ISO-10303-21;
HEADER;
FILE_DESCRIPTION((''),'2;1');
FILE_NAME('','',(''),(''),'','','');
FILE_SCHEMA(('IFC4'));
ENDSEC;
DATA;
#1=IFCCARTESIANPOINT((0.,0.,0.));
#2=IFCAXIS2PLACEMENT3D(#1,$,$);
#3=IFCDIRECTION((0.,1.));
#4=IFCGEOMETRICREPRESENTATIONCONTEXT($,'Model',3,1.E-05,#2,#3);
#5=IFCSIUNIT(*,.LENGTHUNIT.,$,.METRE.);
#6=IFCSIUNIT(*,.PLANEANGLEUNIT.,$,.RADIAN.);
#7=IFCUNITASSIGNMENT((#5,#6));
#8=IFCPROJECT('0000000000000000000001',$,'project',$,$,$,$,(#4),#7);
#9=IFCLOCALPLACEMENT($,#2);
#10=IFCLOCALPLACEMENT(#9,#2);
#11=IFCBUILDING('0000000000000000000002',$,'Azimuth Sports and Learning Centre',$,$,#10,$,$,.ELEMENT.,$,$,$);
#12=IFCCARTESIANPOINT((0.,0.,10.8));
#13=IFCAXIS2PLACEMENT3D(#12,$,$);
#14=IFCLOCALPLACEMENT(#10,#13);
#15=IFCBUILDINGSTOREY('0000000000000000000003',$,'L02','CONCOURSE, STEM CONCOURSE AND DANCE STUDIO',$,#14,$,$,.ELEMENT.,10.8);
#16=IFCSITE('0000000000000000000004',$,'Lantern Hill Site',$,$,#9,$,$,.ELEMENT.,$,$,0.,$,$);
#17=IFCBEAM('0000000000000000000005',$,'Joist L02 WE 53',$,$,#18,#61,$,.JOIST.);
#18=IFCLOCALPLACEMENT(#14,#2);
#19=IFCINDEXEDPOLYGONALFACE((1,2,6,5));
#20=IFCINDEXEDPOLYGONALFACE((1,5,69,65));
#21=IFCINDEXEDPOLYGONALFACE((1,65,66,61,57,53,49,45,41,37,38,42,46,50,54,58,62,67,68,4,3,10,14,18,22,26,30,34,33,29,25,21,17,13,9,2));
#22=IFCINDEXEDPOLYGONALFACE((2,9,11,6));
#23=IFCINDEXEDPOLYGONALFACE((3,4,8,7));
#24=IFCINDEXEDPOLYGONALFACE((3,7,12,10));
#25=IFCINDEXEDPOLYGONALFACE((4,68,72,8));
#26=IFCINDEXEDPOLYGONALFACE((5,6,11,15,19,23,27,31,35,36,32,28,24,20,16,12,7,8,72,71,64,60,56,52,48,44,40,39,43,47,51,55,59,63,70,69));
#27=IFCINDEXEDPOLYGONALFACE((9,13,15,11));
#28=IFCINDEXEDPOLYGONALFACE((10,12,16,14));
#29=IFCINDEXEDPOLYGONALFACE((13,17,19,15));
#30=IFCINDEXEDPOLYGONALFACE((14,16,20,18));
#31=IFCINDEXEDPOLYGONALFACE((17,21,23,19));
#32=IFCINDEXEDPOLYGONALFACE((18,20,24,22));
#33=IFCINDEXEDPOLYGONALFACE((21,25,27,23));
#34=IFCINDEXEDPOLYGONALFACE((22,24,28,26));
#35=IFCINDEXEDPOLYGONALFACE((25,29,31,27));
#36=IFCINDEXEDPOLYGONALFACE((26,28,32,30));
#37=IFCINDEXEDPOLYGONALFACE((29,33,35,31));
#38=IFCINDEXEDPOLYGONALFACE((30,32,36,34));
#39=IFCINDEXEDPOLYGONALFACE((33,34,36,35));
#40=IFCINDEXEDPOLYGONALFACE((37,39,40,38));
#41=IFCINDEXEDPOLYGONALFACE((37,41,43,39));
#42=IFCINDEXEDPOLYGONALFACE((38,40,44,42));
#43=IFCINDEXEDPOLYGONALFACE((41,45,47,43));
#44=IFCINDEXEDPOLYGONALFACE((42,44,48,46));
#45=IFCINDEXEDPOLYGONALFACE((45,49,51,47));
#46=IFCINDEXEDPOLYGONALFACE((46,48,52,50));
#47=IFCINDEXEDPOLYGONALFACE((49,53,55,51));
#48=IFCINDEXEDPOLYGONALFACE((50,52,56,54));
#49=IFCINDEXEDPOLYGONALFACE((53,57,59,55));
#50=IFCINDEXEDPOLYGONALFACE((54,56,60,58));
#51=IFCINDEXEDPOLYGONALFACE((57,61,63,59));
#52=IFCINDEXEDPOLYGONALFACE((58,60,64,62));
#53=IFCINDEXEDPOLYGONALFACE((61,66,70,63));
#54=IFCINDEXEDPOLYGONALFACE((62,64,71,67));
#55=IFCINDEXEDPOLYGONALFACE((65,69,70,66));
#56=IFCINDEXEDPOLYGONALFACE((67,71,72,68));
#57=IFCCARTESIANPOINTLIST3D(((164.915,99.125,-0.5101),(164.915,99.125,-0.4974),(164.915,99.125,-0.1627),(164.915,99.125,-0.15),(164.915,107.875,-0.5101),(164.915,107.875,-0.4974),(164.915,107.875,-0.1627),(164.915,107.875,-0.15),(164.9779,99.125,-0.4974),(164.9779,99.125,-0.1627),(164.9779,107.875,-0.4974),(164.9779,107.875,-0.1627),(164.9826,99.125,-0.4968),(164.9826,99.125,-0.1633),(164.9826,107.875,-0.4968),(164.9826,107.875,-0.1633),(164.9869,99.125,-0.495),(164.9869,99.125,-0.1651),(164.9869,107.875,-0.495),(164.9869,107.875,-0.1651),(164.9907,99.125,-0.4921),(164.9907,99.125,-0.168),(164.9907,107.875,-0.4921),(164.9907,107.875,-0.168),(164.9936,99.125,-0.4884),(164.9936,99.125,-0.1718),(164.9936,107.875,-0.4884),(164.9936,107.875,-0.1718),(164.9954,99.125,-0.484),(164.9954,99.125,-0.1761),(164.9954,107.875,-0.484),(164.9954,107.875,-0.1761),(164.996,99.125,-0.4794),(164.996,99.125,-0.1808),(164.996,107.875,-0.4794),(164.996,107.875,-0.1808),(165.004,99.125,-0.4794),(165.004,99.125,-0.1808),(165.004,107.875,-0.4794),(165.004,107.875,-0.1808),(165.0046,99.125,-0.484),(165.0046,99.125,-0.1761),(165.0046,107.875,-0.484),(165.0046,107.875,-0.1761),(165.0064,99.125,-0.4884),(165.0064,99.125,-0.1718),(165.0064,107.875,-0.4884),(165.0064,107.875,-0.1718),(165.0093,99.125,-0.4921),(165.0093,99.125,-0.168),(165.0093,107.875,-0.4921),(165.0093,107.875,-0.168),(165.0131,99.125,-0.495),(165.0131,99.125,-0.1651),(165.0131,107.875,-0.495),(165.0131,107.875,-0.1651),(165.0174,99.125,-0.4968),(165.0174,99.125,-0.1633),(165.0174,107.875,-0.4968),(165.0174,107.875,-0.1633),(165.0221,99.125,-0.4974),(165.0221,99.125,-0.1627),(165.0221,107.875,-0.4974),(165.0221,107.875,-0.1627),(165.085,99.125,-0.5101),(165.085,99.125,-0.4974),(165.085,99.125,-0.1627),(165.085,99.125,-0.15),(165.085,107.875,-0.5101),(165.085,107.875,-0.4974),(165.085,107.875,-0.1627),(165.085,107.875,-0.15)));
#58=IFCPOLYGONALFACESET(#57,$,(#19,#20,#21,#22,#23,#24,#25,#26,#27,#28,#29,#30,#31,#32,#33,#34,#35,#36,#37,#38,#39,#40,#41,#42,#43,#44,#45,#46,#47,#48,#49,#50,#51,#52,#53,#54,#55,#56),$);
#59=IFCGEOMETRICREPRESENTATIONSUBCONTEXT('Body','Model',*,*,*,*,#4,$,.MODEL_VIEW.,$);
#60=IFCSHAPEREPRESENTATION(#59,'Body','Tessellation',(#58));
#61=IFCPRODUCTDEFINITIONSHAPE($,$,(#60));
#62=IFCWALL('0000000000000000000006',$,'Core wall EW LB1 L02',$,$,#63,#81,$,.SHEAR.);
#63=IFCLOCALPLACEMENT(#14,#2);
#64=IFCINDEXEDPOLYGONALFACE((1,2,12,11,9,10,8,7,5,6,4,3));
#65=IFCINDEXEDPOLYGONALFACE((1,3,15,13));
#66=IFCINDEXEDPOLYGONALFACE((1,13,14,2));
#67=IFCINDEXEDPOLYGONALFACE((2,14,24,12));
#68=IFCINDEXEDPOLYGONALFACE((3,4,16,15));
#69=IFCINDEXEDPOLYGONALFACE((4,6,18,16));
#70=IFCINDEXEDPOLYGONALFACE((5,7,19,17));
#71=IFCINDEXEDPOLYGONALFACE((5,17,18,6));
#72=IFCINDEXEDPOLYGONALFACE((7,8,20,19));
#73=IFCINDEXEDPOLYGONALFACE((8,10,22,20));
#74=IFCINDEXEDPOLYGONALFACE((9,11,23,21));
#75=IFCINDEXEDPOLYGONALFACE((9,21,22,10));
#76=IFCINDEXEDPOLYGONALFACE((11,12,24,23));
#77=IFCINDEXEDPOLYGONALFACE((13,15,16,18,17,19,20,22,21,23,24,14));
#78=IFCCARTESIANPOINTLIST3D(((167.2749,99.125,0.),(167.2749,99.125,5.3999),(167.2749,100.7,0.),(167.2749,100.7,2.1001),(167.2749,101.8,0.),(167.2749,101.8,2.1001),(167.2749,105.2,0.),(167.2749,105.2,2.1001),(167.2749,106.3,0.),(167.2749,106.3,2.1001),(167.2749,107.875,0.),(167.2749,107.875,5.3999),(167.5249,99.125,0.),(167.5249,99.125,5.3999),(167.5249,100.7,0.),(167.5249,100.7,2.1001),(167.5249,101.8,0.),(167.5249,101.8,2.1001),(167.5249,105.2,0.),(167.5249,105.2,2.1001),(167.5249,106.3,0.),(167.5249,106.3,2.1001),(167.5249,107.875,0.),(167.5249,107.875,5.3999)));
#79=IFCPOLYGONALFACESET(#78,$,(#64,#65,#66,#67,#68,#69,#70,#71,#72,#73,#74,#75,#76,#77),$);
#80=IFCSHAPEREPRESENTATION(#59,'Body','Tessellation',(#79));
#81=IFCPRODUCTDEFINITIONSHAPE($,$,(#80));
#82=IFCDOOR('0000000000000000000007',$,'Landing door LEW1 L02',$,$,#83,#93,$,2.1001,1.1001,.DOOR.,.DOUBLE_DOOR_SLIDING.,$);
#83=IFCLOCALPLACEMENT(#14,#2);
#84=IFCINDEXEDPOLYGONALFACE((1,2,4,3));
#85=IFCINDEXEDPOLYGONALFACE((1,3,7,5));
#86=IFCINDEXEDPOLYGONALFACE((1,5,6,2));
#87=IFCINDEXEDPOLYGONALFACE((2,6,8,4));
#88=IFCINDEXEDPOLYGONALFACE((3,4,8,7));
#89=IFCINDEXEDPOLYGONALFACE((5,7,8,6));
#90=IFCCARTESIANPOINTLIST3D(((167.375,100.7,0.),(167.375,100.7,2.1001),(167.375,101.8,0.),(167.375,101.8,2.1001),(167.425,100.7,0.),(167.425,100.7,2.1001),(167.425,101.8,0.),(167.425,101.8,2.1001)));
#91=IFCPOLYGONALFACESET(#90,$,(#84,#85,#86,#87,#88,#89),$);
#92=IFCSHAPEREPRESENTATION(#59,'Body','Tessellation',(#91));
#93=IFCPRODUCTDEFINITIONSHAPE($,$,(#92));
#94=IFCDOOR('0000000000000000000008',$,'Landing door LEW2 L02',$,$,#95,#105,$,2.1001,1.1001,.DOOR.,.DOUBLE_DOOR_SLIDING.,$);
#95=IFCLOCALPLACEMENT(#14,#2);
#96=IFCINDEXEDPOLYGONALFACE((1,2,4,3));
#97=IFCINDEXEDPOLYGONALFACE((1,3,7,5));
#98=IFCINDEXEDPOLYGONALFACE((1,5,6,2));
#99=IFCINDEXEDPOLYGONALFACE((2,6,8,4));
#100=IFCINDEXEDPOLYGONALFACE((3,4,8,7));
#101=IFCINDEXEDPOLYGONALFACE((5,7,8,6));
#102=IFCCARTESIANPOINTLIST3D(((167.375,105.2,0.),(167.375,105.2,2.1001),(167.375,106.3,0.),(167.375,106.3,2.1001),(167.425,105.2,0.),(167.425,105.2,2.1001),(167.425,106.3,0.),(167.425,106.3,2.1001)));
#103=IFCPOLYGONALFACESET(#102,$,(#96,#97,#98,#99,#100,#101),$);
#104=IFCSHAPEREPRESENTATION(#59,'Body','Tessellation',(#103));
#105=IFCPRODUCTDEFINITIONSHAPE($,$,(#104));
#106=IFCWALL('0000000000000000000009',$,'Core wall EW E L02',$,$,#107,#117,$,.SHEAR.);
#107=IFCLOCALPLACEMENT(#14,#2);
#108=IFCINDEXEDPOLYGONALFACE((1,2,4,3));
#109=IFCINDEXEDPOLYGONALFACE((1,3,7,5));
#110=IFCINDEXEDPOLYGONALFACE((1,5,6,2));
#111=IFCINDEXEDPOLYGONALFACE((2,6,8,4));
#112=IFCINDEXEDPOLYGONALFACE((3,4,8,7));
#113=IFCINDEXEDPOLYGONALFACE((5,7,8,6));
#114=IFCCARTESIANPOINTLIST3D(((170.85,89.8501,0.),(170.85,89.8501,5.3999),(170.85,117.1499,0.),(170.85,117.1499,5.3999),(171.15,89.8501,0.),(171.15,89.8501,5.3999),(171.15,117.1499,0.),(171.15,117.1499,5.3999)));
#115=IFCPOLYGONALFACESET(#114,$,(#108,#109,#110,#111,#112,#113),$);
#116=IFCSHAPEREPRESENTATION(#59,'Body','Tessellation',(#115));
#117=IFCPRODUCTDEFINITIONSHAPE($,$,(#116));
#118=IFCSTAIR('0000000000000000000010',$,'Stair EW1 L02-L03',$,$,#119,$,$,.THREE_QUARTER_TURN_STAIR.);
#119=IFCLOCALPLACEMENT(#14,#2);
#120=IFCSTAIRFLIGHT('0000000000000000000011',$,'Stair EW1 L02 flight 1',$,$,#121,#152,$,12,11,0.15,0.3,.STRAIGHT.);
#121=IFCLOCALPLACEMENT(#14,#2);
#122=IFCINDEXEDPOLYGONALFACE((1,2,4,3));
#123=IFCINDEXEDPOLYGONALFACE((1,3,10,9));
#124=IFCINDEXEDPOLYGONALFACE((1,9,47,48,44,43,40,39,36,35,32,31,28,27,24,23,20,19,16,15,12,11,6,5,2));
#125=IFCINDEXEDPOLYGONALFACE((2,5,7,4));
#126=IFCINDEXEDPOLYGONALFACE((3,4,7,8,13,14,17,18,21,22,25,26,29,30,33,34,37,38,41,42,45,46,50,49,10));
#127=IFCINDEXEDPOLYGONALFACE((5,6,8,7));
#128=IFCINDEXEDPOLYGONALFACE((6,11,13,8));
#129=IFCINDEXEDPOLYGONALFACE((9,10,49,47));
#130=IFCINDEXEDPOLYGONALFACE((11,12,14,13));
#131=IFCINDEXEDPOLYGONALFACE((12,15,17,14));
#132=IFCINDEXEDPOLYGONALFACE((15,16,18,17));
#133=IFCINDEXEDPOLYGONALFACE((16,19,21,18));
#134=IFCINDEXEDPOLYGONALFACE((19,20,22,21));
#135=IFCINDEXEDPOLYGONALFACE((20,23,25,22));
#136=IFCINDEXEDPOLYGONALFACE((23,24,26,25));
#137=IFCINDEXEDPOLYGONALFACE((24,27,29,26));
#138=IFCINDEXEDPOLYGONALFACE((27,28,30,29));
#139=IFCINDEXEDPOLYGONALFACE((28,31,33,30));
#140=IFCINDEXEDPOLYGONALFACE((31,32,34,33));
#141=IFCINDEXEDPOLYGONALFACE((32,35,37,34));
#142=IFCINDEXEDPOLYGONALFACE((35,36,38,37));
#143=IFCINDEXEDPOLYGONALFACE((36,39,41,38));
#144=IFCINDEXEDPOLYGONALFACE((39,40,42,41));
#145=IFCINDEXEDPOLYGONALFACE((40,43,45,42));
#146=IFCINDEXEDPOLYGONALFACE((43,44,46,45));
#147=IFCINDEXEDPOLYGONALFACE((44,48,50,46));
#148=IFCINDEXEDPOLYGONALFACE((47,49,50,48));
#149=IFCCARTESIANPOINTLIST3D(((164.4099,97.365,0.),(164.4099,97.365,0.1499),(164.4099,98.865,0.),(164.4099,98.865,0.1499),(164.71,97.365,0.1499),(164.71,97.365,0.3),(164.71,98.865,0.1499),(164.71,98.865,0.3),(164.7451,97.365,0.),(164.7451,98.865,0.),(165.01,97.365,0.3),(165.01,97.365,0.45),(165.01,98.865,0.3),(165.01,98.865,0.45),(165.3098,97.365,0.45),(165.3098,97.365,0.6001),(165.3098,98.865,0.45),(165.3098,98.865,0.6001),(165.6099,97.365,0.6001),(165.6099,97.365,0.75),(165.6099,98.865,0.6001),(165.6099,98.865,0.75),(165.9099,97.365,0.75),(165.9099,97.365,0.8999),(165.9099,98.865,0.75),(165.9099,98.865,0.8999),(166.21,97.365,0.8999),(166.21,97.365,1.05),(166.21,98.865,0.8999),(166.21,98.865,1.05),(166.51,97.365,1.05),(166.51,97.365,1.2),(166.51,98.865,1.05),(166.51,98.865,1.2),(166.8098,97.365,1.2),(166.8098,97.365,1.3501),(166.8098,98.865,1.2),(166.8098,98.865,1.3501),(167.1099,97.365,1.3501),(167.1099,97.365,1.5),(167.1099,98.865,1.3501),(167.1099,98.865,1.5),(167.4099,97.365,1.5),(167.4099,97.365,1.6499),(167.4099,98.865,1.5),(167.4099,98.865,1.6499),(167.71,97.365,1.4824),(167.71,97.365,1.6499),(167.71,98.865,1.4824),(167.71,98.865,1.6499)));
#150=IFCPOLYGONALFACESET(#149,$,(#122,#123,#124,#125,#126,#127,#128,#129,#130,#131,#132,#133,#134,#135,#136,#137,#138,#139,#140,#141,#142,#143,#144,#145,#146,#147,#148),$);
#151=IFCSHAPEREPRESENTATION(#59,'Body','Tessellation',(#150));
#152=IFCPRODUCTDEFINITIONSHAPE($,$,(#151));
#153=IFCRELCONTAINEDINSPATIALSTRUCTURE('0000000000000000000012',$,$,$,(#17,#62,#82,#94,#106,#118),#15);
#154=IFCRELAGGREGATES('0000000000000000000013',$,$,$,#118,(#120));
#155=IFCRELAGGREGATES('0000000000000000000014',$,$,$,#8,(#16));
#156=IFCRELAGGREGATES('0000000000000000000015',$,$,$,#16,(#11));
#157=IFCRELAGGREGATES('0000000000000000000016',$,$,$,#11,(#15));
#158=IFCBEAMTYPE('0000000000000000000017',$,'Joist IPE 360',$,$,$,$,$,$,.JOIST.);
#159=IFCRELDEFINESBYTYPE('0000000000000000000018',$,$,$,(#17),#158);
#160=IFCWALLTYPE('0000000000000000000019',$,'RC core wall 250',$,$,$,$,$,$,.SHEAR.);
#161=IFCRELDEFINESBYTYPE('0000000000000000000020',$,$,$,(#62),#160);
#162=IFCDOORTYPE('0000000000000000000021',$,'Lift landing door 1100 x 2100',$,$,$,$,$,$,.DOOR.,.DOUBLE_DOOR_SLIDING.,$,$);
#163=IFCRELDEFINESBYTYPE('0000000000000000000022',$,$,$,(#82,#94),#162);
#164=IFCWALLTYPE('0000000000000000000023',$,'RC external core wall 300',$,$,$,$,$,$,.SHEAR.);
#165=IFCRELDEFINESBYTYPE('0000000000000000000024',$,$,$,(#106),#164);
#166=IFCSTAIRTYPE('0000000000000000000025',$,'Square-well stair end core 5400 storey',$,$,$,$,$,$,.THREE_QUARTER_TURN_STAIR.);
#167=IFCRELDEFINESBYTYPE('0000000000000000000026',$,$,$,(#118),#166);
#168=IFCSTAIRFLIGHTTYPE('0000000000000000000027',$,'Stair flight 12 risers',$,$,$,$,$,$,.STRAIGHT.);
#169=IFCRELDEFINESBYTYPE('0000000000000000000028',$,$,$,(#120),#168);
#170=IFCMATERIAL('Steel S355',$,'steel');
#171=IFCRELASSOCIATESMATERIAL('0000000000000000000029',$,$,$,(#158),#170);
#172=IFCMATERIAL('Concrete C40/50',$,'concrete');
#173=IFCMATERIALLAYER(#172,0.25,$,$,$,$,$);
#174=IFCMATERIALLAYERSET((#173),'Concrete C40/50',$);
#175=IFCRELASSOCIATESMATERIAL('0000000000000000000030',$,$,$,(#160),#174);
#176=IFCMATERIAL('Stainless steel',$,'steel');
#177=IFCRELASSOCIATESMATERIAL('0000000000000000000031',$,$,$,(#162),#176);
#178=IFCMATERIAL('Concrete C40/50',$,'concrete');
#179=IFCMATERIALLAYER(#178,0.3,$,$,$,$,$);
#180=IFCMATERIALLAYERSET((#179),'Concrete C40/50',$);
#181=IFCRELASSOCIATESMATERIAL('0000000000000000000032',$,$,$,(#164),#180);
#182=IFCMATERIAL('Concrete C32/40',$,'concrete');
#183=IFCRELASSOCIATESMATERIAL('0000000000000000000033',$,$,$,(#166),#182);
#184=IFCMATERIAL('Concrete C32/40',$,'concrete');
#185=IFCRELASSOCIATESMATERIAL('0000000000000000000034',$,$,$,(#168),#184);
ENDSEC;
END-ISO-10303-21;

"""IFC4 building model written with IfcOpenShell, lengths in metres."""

from ifc_helpers import new_model, si_unit, direction, frame, frame_2d, origin, origin_2d, place, context, subcontext, project, spatial, polyline, rectangle, i_section, outline, extrude, material, layer, layer_set, material_profile, profile_set, type_object, element, fill, aggregate, save


model = new_model("IFC4")

# Units and contexts
model_context = context("Model", 3, precision=1e-05, world=origin(), true_north=direction((0.0, 1.0)))
body_context = subcontext(model_context, "Body", "Model", "MODEL_VIEW")
ifc_project = project(units=[si_unit("LENGTHUNIT", "METRE"), si_unit("PLANEANGLEUNIT", "RADIAN")], contexts=[model_context])

# Site, building, storey
site_placement = place(None, origin())
site = spatial("IfcSite", under=ifc_project, at=site_placement, Name="Lantern Hill Site", CompositionType="ELEMENT", RefElevation=0.0)
building_placement = place(site_placement, origin())
building = spatial("IfcBuilding", under=site, at=building_placement, Name="Azimuth Sports and Learning Centre", CompositionType="ELEMENT")
storey_placement = place(building_placement, frame((0.0, 0.0, 10.8)))
storey = spatial("IfcBuildingStorey", under=building, at=storey_placement, Name="L02", Description="CONCOURSE, STEM CONCOURSE AND DANCE STUDIO", CompositionType="ELEMENT", Elevation=10.8)

# Beam
ifc_material_1 = material(Name="Steel S355", Category="steel")
ifc_material_profile_1 = material_profile(ifc_material_1, i_section(OverallWidth=0.1699, OverallDepth=0.3601, WebThickness=0.0081, FlangeThickness=0.0127, FilletRadius=0.0181, at=origin_2d()), Name="IPE 360")
ifc_profile_set_1 = profile_set([ifc_material_profile_1], Name="Steel S355")
beam_type_1 = type_object("IfcBeamType", Name="Joist IPE 360", PredefinedType="JOIST", material=ifc_profile_set_1)
beam_placement = place(storey_placement, frame((165.0, 99.125, -0.3301), z_axis=(0.0, 1.0, 0.0), x_axis=(-1.0, 0.0, 0.0)))
element("IfcBeam", 1, at=beam_placement, inside=storey, type_object=beam_type_1, Name="Joist L02 WE 53", PredefinedType="JOIST", context=body_context, shape_type="SweptSolid", body=[
    extrude(i_section(OverallWidth=0.1699, OverallDepth=0.3601, WebThickness=0.0081, FlangeThickness=0.0127, FilletRadius=0.0181, at=origin_2d()), origin(), (0.0, 0.0, 1.0), 8.75),
])

# Wall, openings, doors
ifc_material_2 = material(Name="Concrete C40/50", Category="concrete")
ifc_layer_1 = layer(ifc_material_2, 0.25)
ifc_layer_set_1 = layer_set([ifc_layer_1], Name="Concrete C40/50")
wall_type_1 = type_object("IfcWallType", Name="RC core wall 250", PredefinedType="SHEAR", material=ifc_layer_set_1)
wall_1_placement = place(storey_placement, frame((167.3999, 99.125, 0.0), z_axis=(0.0, 0.0, 1.0), x_axis=(0.0, 1.0, 0.0)))
wall_1 = element("IfcWall", 2, at=wall_1_placement, inside=storey, type_object=wall_type_1, Name="Core wall EW LB1 L02", PredefinedType="SHEAR", context=body_context, shape_type="SweptSolid", body=[
    extrude(rectangle(XDim=8.75, YDim=0.25, at=frame_2d((4.375, 0.0))), origin(), (0.0, 0.0, 1.0), 5.3999),
])
opening_1_placement = place(wall_1_placement, frame((1.575, 0.0, 0.0)))
opening_1 = element("IfcOpeningElement", 3, at=opening_1_placement, cuts=wall_1, PredefinedType="OPENING", context=body_context, shape_type="SweptSolid", body=[
    extrude(rectangle(XDim=1.1001, YDim=2.1001, at=frame_2d((0.55, 1.05))), frame((0.0, 0.136, 0.0), z_axis=(0.0, -1.0, 0.0), x_axis=(1.0, 0.0, 0.0)), (0.0, 0.0, 1.0), 0.272),
])
opening_2_placement = place(wall_1_placement, frame((6.075, 0.0, 0.0)))
opening_2 = element("IfcOpeningElement", 4, at=opening_2_placement, cuts=wall_1, PredefinedType="OPENING", context=body_context, shape_type="SweptSolid", body=[
    extrude(rectangle(XDim=1.1001, YDim=2.1001, at=frame_2d((0.55, 1.05))), frame((0.0, 0.136, 0.0), z_axis=(0.0, -1.0, 0.0), x_axis=(1.0, 0.0, 0.0)), (0.0, 0.0, 1.0), 0.272),
])
ifc_material_3 = material(Name="Stainless steel", Category="steel")
door_type = type_object("IfcDoorType", Name="Lift landing door 1100 x 2100", OperationType="DOUBLE_DOOR_SLIDING", PredefinedType="DOOR", material=ifc_material_3)
door_1_placement = place(opening_1_placement, origin())
door_1 = element("IfcDoor", 5, at=door_1_placement, inside=storey, type_object=door_type, Name="Landing door LEW1 L02", OperationType="DOUBLE_DOOR_SLIDING", OverallHeight=2.1001, OverallWidth=1.1001, PredefinedType="DOOR", context=body_context, shape_type="SweptSolid", body=[
    extrude(rectangle(XDim=1.1001, YDim=2.1001, at=frame_2d((0.55, 1.05))), frame((0.0, 0.0249, 0.0), z_axis=(0.0, -1.0, 0.0), x_axis=(1.0, 0.0, 0.0)), (0.0, 0.0, 1.0), 0.05),
])
fill(opening_1, door_1)
door_2_placement = place(opening_2_placement, origin())
door_2 = element("IfcDoor", 6, at=door_2_placement, inside=storey, type_object=door_type, Name="Landing door LEW2 L02", OperationType="DOUBLE_DOOR_SLIDING", OverallHeight=2.1001, OverallWidth=1.1001, PredefinedType="DOOR", context=body_context, shape_type="SweptSolid", body=[
    extrude(rectangle(XDim=1.1001, YDim=2.1001, at=frame_2d((0.55, 1.05))), frame((0.0, 0.0249, 0.0), z_axis=(0.0, -1.0, 0.0), x_axis=(1.0, 0.0, 0.0)), (0.0, 0.0, 1.0), 0.05),
])
fill(opening_2, door_2)

# Wall
ifc_material_4 = material(Name="Concrete C40/50", Category="concrete")
ifc_layer_2 = layer(ifc_material_4, 0.3)
ifc_layer_set_2 = layer_set([ifc_layer_2], Name="Concrete C40/50")
wall_type_2 = type_object("IfcWallType", Name="RC external core wall 300", PredefinedType="SHEAR", material=ifc_layer_set_2)
wall_2_placement = place(storey_placement, frame((171.0, 89.8501, 0.0), z_axis=(0.0, 0.0, 1.0), x_axis=(0.0, 1.0, 0.0)))
element("IfcWall", 7, at=wall_2_placement, inside=storey, type_object=wall_type_2, Name="Core wall EW E L02", PredefinedType="SHEAR", context=body_context, shape_type="SweptSolid", body=[
    extrude(rectangle(XDim=27.2998, YDim=0.3, at=frame_2d((13.6499, 0.0))), origin(), (0.0, 0.0, 1.0), 5.3999),
])

# Stair, stair flight
ifc_material_5 = material(Name="Concrete C32/40", Category="concrete")
stair_type = type_object("IfcStairType", Name="Square-well stair end core 5400 storey", PredefinedType="THREE_QUARTER_TURN_STAIR", material=ifc_material_5)
stair_placement = place(storey_placement, origin())
stair = element("IfcStair", 8, at=stair_placement, inside=storey, type_object=stair_type, Name="Stair EW1 L02-L03", PredefinedType="THREE_QUARTER_TURN_STAIR")
ifc_material_6 = material(Name="Concrete C32/40", Category="concrete")
stair_flight_type = type_object("IfcStairFlightType", Name="Stair flight 12 risers", PredefinedType="STRAIGHT", material=ifc_material_6)
stair_flight_1_placement = place(storey_placement, frame((164.4099, 98.115, 0.0), z_axis=(0.0, 0.0, 1.0), x_axis=(1.0, 0.0, 0.0)))
stair_flight_1 = element("IfcStairFlight", 9, at=stair_flight_1_placement, type_object=stair_flight_type, Name="Stair EW1 L02 flight 1", NumberOfRisers=12, NumberOfTreads=11, PredefinedType="STRAIGHT", RiserHeight=0.15, TreadLength=0.3, context=body_context, shape_type="SweptSolid", body=[
    extrude(outline(polyline([(0.0, 0.0), (0.0, 0.1499), (0.3, 0.1499), (0.3, 0.3), (0.6001, 0.3), (0.6001, 0.45), (0.8999, 0.45), (0.8999, 0.6001), (1.2, 0.6001), (1.2, 0.75), (1.5, 0.75), (1.5, 0.8999), (1.8, 0.8999), (1.8, 1.05), (2.1001, 1.05), (2.1001, 1.2), (2.3999, 1.2), (2.3999, 1.3501), (2.7, 1.3501), (2.7, 1.5), (3.0, 1.5), (3.0, 1.6499), (3.3, 1.6499), (3.3, 1.8), (3.3, 1.4824), (0.3352, 0.0), (0.0, 0.0)])), frame((0.0, 0.75, 0.0), z_axis=(0.0, -1.0, 0.0), x_axis=(1.0, 0.0, 0.0)), (0.0, 0.0, 1.0), 1.5),
])
aggregate(stair, [stair_flight_1])

save(model, "model.ifc")
